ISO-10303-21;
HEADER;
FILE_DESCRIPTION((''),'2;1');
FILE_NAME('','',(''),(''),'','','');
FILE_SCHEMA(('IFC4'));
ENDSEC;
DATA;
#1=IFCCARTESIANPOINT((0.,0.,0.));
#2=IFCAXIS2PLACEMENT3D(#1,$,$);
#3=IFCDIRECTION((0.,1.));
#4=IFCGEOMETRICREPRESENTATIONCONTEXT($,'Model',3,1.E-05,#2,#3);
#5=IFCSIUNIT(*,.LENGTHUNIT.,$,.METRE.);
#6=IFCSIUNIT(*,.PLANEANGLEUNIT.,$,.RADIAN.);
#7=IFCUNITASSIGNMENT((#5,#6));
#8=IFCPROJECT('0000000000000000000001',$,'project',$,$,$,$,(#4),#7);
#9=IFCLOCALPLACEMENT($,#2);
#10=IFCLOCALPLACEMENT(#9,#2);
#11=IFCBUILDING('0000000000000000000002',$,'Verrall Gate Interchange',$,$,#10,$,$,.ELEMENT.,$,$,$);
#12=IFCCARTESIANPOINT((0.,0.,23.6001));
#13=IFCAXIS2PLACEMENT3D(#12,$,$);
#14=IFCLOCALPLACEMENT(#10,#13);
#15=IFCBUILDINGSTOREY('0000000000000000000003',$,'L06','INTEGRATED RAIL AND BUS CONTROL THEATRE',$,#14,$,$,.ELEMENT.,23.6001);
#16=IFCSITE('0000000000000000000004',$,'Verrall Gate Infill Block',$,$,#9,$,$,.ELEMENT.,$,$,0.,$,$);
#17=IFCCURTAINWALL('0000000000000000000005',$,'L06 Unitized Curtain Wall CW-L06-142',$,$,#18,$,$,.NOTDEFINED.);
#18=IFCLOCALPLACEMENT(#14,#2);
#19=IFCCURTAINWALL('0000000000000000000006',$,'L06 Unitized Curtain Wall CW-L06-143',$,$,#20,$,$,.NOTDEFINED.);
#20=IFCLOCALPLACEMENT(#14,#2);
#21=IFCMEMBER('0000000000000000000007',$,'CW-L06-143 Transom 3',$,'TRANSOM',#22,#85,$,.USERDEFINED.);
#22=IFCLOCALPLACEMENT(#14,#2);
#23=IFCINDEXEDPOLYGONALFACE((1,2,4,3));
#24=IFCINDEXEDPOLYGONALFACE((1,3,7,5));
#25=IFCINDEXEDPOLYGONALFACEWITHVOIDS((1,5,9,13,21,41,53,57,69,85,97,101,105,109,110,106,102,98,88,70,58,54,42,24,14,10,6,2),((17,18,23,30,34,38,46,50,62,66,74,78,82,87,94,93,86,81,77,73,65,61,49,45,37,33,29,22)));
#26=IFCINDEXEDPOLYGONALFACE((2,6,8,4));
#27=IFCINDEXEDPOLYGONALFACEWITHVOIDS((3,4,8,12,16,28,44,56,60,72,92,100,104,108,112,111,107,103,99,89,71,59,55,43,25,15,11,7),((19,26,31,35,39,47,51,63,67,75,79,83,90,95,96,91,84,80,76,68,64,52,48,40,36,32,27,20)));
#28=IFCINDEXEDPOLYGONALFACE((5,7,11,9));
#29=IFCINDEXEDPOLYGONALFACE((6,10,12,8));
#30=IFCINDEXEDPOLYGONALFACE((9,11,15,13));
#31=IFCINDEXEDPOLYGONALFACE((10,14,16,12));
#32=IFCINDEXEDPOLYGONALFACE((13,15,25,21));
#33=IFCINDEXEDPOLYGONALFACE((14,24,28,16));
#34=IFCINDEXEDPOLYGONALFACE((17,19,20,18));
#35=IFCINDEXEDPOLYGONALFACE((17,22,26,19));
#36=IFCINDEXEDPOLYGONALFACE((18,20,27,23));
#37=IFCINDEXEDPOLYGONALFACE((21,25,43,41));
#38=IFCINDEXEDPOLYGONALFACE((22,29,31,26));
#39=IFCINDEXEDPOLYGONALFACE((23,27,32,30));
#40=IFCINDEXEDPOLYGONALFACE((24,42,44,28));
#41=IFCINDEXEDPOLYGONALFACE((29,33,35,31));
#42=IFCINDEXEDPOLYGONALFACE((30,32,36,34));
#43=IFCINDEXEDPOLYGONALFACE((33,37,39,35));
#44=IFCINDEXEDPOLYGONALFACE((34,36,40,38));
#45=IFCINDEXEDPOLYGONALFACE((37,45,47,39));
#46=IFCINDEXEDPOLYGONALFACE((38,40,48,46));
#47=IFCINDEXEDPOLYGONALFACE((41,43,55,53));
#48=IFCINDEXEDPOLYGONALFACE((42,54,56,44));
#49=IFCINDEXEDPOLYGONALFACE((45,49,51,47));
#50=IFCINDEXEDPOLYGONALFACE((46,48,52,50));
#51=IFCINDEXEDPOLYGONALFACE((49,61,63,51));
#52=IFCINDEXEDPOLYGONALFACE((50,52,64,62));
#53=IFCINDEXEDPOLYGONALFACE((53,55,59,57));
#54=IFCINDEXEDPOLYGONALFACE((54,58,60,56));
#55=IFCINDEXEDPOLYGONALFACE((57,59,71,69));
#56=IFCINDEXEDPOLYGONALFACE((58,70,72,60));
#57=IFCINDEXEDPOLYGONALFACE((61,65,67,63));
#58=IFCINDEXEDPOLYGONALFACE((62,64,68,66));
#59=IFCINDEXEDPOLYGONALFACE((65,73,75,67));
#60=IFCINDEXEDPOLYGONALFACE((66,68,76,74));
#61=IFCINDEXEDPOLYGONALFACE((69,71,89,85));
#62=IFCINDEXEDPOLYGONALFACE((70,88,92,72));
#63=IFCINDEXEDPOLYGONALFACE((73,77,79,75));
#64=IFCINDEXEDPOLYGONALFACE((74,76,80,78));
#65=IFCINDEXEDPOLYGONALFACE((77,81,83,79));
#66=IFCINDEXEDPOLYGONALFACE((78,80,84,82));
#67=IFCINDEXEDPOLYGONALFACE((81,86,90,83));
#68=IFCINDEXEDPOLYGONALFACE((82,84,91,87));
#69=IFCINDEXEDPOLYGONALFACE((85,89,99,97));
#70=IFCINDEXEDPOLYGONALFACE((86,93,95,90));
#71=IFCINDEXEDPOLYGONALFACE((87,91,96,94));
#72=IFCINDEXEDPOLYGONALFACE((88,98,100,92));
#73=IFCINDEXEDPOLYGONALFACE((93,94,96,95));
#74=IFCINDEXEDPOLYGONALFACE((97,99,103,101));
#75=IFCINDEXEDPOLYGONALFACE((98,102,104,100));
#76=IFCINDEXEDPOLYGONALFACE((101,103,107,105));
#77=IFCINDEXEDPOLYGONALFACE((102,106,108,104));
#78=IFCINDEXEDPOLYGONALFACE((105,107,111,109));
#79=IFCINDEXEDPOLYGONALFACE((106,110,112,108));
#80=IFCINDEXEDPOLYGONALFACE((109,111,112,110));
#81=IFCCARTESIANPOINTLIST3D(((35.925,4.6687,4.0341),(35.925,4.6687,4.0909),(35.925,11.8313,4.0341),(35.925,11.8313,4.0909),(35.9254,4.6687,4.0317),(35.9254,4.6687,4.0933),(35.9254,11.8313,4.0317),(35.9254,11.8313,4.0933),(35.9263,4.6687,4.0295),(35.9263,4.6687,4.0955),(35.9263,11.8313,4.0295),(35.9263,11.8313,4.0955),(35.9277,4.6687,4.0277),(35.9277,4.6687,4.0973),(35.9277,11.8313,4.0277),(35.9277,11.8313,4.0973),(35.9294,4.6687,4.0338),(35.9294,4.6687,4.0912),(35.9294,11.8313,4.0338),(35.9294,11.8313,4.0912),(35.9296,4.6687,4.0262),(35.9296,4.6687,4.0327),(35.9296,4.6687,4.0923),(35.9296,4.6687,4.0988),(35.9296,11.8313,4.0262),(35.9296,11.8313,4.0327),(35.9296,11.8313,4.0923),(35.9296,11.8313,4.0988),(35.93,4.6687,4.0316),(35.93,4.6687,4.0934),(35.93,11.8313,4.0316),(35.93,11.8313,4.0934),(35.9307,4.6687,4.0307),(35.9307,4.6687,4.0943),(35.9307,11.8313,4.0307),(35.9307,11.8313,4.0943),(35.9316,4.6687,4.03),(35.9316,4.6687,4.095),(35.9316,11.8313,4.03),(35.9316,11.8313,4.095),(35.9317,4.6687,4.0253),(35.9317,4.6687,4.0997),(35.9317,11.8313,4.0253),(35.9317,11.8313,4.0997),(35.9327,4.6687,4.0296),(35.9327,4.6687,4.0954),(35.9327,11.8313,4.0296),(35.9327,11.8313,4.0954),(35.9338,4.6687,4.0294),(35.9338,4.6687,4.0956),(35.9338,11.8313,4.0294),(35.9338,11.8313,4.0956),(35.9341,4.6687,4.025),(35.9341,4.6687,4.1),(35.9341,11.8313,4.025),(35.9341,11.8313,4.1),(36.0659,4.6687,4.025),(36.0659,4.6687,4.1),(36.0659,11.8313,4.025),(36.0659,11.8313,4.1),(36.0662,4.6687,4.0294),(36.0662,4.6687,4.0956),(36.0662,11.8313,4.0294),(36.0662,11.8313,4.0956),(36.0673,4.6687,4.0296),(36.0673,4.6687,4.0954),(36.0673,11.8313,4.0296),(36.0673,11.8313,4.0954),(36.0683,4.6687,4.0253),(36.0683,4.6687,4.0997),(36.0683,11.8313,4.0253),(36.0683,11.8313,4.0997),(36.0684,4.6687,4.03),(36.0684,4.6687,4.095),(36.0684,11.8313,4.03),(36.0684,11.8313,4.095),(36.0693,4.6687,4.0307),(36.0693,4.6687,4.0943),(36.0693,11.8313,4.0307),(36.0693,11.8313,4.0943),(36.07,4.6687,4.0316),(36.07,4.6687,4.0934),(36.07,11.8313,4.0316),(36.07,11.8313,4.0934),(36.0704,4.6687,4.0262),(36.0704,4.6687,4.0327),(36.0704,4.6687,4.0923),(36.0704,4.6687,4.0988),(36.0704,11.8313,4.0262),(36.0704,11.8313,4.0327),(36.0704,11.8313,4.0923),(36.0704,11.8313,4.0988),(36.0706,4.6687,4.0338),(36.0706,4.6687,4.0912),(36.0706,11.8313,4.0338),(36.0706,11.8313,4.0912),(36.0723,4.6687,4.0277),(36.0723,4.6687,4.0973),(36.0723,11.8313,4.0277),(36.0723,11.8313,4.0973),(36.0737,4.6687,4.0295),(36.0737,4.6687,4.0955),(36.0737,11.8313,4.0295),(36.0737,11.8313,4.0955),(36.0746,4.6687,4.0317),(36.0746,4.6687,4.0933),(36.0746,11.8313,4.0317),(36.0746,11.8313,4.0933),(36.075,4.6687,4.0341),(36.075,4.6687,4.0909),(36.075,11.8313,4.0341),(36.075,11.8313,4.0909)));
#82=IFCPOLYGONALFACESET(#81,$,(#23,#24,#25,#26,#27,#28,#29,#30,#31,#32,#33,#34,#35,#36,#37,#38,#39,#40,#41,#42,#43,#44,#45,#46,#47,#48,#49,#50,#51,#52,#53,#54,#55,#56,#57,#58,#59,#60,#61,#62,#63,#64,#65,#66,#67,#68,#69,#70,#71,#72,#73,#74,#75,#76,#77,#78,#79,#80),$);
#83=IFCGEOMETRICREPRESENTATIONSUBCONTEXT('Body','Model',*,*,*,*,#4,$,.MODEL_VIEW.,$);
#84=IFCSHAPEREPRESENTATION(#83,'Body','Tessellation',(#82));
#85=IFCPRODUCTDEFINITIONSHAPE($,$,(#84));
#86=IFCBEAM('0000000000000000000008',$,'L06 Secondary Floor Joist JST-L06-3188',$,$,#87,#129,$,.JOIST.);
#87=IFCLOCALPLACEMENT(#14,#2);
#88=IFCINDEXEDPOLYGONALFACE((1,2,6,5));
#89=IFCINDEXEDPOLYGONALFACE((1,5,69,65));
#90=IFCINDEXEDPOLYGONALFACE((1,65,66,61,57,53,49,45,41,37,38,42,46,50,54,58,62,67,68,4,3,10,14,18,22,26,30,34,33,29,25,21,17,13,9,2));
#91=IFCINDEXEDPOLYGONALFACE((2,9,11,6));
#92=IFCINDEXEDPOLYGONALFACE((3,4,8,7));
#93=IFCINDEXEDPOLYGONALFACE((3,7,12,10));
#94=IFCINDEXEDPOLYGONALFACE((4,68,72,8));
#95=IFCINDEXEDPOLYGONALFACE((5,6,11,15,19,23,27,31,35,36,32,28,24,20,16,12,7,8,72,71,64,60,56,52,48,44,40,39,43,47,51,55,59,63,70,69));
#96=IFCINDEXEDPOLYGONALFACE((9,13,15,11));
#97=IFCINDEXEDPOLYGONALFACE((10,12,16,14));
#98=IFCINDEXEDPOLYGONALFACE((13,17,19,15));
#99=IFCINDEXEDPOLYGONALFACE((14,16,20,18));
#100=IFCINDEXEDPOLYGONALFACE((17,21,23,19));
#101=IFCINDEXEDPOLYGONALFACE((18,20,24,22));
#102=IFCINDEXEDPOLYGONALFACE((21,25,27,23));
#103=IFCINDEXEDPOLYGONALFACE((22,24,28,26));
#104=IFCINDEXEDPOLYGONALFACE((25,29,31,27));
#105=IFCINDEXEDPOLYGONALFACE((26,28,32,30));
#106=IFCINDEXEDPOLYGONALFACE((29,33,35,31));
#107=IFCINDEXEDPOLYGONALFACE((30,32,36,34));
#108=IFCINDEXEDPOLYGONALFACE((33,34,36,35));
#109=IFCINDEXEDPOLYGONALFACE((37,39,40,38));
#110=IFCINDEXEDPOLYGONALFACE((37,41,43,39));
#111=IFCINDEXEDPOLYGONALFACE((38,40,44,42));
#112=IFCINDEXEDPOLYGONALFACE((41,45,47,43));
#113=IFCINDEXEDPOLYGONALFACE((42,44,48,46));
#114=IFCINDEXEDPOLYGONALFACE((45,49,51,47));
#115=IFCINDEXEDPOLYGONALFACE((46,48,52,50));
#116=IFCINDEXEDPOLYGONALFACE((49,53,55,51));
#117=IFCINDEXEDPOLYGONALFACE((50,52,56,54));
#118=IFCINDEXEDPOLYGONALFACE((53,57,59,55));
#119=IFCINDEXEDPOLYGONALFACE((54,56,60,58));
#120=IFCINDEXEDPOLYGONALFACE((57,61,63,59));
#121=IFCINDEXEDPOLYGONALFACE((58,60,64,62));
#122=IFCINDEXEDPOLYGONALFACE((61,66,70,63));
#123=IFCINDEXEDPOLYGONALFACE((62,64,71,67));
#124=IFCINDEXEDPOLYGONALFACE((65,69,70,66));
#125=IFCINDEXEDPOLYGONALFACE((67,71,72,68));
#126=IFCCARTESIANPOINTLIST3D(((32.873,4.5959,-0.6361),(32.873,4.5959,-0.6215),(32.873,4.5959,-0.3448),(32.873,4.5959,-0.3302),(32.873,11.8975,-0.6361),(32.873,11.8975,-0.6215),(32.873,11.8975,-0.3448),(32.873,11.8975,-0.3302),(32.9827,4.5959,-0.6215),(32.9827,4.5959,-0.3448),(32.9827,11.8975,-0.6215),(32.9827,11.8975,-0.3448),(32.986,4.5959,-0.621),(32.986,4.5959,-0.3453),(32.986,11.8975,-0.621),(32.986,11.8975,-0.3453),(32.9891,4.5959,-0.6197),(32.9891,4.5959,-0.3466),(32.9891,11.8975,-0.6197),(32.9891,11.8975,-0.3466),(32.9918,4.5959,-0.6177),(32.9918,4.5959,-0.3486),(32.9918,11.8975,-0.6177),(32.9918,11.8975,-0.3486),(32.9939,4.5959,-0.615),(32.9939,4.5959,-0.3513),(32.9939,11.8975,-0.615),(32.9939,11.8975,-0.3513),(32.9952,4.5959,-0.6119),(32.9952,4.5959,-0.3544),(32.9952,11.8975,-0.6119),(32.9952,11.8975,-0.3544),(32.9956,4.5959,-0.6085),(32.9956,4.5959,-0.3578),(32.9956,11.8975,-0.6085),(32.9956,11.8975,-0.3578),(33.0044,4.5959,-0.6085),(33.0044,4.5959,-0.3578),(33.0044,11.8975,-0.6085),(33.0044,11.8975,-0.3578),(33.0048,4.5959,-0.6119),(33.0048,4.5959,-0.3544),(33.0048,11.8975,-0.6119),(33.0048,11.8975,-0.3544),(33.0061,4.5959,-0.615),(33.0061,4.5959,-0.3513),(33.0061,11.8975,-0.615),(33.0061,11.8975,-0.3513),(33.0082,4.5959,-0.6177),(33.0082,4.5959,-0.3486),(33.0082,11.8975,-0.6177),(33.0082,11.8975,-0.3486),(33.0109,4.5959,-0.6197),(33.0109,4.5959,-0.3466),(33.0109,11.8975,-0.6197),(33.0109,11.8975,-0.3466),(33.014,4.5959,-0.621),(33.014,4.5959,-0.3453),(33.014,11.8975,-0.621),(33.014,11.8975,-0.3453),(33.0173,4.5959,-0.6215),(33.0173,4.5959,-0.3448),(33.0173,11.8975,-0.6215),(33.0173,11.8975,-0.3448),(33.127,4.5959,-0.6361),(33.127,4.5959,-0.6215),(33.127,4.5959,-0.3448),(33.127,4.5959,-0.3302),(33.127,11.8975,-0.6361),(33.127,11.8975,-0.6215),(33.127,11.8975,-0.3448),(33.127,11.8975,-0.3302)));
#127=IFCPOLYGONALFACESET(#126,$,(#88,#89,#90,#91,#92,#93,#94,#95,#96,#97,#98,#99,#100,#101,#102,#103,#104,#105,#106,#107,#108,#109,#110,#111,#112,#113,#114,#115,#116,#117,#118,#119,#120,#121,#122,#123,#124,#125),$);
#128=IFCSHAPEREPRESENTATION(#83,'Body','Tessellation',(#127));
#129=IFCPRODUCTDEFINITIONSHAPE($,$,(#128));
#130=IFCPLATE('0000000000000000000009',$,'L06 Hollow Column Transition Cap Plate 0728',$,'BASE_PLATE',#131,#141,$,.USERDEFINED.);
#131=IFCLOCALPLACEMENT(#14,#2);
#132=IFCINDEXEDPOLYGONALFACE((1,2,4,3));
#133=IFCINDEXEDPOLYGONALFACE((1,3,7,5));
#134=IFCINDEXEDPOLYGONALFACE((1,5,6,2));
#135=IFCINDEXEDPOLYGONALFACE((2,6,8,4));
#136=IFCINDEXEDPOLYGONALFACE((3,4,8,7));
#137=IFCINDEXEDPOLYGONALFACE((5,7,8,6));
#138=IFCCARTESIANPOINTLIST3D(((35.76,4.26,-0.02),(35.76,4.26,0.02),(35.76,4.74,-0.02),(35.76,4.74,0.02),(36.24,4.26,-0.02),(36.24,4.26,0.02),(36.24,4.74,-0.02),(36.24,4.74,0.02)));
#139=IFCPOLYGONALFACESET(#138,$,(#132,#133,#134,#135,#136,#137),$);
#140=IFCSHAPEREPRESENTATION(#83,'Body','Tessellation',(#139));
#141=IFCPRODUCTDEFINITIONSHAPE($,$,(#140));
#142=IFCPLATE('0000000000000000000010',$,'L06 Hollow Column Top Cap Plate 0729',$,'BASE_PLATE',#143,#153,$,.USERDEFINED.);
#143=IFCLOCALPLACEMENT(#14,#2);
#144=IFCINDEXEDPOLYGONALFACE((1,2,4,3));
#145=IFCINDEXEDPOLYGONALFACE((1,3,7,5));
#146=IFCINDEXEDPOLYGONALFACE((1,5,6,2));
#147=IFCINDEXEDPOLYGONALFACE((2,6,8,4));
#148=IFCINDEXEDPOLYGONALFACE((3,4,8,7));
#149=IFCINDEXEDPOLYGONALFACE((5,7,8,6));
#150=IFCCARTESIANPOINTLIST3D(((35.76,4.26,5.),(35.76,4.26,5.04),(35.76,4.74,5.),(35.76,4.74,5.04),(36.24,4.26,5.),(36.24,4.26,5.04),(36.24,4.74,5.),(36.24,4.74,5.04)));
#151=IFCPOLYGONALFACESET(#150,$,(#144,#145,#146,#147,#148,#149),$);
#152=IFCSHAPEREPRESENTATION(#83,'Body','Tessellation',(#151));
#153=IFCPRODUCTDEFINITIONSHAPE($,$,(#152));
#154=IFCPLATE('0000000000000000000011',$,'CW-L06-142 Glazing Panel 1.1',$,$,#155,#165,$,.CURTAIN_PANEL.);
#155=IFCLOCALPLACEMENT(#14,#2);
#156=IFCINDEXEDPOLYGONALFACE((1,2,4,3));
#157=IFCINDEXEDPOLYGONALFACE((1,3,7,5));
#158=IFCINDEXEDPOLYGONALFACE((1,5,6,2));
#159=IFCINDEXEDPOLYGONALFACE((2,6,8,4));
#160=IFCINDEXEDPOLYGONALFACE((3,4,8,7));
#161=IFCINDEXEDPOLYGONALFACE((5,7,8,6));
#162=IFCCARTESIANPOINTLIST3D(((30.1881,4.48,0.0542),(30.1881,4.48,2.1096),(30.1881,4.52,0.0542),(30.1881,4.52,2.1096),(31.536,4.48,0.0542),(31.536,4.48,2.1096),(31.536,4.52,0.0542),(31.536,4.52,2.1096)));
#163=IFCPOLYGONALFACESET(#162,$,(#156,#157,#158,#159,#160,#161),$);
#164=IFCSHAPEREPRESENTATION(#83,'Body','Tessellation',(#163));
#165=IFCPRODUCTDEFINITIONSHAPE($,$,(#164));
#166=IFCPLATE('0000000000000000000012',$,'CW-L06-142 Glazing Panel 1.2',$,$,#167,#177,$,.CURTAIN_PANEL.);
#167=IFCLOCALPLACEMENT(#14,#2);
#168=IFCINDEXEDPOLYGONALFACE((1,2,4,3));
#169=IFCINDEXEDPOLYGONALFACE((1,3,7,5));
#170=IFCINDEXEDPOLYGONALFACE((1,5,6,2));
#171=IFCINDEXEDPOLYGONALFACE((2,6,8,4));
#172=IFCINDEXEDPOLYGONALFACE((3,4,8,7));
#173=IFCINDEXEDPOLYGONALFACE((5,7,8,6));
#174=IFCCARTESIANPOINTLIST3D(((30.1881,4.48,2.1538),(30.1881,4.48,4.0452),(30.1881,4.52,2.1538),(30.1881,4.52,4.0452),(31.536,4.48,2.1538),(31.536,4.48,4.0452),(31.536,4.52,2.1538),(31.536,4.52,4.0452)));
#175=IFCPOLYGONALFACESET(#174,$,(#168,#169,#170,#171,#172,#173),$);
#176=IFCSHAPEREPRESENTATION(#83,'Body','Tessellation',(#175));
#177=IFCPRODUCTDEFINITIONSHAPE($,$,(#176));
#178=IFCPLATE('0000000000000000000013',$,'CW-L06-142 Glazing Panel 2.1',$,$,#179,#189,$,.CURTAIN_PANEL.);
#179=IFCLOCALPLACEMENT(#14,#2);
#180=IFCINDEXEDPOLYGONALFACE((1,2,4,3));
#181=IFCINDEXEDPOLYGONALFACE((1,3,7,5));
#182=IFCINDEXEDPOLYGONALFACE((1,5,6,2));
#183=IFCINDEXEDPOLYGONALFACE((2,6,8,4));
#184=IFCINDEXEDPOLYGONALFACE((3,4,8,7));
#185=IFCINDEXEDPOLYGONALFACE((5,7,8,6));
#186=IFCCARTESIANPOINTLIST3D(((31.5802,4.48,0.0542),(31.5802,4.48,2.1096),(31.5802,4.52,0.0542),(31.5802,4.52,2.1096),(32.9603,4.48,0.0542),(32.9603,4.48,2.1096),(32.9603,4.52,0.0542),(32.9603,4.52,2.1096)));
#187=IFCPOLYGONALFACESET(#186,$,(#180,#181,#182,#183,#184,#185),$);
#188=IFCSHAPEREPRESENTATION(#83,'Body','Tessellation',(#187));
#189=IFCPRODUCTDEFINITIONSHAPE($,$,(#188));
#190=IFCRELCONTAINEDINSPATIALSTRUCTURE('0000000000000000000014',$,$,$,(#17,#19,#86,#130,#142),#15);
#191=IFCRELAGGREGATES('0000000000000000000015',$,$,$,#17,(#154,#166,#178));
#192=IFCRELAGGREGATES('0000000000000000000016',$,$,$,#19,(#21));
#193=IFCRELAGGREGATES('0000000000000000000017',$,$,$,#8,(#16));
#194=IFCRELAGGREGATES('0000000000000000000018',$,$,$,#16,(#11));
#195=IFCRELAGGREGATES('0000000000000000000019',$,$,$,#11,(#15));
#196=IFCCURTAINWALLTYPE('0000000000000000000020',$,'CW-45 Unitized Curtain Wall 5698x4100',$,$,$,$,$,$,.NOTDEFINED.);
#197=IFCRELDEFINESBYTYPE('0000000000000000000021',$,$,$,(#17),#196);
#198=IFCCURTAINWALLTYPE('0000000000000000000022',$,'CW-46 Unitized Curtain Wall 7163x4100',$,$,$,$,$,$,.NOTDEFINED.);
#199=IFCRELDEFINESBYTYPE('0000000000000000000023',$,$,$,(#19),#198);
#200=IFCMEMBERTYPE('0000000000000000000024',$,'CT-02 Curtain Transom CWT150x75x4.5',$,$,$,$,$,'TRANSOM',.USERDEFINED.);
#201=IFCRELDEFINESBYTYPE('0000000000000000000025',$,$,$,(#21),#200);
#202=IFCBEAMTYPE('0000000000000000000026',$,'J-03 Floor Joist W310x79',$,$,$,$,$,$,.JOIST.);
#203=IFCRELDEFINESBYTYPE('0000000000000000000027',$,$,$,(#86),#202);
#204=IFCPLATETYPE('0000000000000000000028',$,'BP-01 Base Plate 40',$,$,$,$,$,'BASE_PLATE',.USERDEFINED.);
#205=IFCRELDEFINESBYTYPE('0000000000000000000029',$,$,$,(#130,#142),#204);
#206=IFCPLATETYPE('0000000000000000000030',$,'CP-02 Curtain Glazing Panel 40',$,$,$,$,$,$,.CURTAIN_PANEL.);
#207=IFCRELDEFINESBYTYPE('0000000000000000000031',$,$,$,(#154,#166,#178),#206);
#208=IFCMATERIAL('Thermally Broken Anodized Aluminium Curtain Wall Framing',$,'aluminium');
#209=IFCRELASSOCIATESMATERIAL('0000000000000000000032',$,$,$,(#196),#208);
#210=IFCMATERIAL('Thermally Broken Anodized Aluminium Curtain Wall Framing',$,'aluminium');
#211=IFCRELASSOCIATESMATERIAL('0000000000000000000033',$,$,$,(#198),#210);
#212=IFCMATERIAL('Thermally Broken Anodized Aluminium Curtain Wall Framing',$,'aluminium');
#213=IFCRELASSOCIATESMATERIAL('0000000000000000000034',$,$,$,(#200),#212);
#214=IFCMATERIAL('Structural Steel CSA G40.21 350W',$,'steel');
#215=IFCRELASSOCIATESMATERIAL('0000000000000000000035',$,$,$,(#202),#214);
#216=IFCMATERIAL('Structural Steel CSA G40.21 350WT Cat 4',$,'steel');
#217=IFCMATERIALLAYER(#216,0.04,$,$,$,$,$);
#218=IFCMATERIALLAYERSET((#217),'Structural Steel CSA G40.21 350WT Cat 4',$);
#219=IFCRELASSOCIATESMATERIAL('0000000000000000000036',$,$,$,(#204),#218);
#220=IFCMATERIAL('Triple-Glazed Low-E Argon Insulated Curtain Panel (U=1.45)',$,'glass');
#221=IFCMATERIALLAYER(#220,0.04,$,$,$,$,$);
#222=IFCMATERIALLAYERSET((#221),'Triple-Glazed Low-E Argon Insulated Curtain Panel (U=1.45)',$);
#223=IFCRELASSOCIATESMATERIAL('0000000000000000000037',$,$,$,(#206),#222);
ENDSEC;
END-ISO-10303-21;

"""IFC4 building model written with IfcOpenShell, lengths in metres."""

from ifc_helpers import new_model, si_unit, direction, frame, origin, origin_2d, place, context, subcontext, project, spatial, rectangle, hollow_rectangle, i_section, extrude, material, layer, layer_set, material_profile, profile_set, type_object, element, aggregate, save


model = new_model("IFC4")

# Units and contexts
model_context = context("Model", 3, precision=1e-05, world=origin(), true_north=direction((0.0, 1.0)))
body_context = subcontext(model_context, "Body", "Model", "MODEL_VIEW")
ifc_project = project(units=[si_unit("LENGTHUNIT", "METRE"), si_unit("PLANEANGLEUNIT", "RADIAN")], contexts=[model_context])

# Site, building, storey
site_placement = place(None, origin())
site = spatial("IfcSite", under=ifc_project, at=site_placement, Name="Verrall Gate Infill Block", CompositionType="ELEMENT", RefElevation=0.0)
building_placement = place(site_placement, origin())
building = spatial("IfcBuilding", under=site, at=building_placement, Name="Verrall Gate Interchange", CompositionType="ELEMENT")
storey_placement = place(building_placement, frame((0.0, 0.0, 23.6001)))
storey = spatial("IfcBuildingStorey", under=building, at=storey_placement, Name="L06", Description="INTEGRATED RAIL AND BUS CONTROL THEATRE", CompositionType="ELEMENT", Elevation=23.6001)

# Curtain walls
ifc_material_1 = material(Name="Thermally Broken Anodized Aluminium Curtain Wall Framing", Category="aluminium")
curtain_wall_type_1 = type_object("IfcCurtainWallType", Name="CW-45 Unitized Curtain Wall 5698x4100", PredefinedType="NOTDEFINED", material=ifc_material_1)
curtain_wall_1_placement = place(storey_placement, origin())
curtain_wall_1 = element("IfcCurtainWall", 1, at=curtain_wall_1_placement, inside=storey, type_object=curtain_wall_type_1, Name="L06 Unitized Curtain Wall CW-L06-142", PredefinedType="NOTDEFINED")
ifc_material_2 = material(Name="Thermally Broken Anodized Aluminium Curtain Wall Framing", Category="aluminium")
curtain_wall_type_2 = type_object("IfcCurtainWallType", Name="CW-46 Unitized Curtain Wall 7163x4100", PredefinedType="NOTDEFINED", material=ifc_material_2)
curtain_wall_2_placement = place(storey_placement, origin())
curtain_wall_2 = element("IfcCurtainWall", 2, at=curtain_wall_2_placement, inside=storey, type_object=curtain_wall_type_2, Name="L06 Unitized Curtain Wall CW-L06-143", PredefinedType="NOTDEFINED")

# Member
ifc_material_3 = material(Name="Thermally Broken Anodized Aluminium Curtain Wall Framing", Category="aluminium")
ifc_material_profile_1 = material_profile(ifc_material_3, hollow_rectangle(XDim=0.1499, YDim=0.075, WallThickness=0.0044, InnerFilletRadius=0.0044, OuterFilletRadius=0.009, at=origin_2d()), Name="CWT150x75x4.5")
ifc_profile_set_1 = profile_set([ifc_material_profile_1], Name="Thermally Broken Anodized Aluminium Curtain Wall Framing")
member_type_1 = type_object("IfcMemberType", Name="CT-02 Curtain Transom CWT150x75x4.5", ElementType="TRANSOM", PredefinedType="USERDEFINED", material=ifc_profile_set_1)
member_1_placement = place(storey_placement, frame((36.0, 4.6687, 4.0625), z_axis=(0.0, 1.0, 0.0), x_axis=(-1.0, 0.0, 0.0)))
member_1 = element("IfcMember", 3, at=member_1_placement, type_object=member_type_1, Name="CW-L06-143 Transom 3", ObjectType="TRANSOM", PredefinedType="USERDEFINED", context=body_context, shape_type="SweptSolid", body=[
    extrude(hollow_rectangle(XDim=0.1499, YDim=0.075, WallThickness=0.0044, InnerFilletRadius=0.0044, OuterFilletRadius=0.009, at=origin_2d()), origin(), (0.0, 0.0, 1.0), 7.1626),
])

# Beam
ifc_material_4 = material(Name="Structural Steel CSA G40.21 350W", Category="steel")
ifc_material_profile_2 = material_profile(ifc_material_4, i_section(OverallWidth=0.2539, OverallDepth=0.3059, WebThickness=0.0088, FlangeThickness=0.0146, FilletRadius=0.0129, at=origin_2d()), Name="W310x79")
ifc_profile_set_2 = profile_set([ifc_material_profile_2], Name="Structural Steel CSA G40.21 350W")
beam_type_1 = type_object("IfcBeamType", Name="J-03 Floor Joist W310x79", PredefinedType="JOIST", material=ifc_profile_set_2)
beam_1_placement = place(storey_placement, frame((33.0, 4.5959, -0.4832), z_axis=(0.0, 1.0, 0.0), x_axis=(-1.0, 0.0, 0.0)))
element("IfcBeam", 4, at=beam_1_placement, inside=storey, type_object=beam_type_1, Name="L06 Secondary Floor Joist JST-L06-3188", PredefinedType="JOIST", context=body_context, shape_type="SweptSolid", body=[
    extrude(i_section(OverallWidth=0.2539, OverallDepth=0.3059, WebThickness=0.0088, FlangeThickness=0.0146, FilletRadius=0.0129, at=origin_2d()), origin(), (0.0, 0.0, 1.0), 7.3015),
])

# Plates
ifc_material_5 = material(Name="Structural Steel CSA G40.21 350WT Cat 4", Category="steel")
ifc_layer_1 = layer(ifc_material_5, 0.04)
ifc_layer_set_1 = layer_set([ifc_layer_1], Name="Structural Steel CSA G40.21 350WT Cat 4")
plate_type_1 = type_object("IfcPlateType", Name="BP-01 Base Plate 40", ElementType="BASE_PLATE", PredefinedType="USERDEFINED", material=ifc_layer_set_1)
for number, where, z_axis, x_axis, name in (
    (5, (36.0, 4.5, -0.02), (0.0, 0.0, 1.0), (1.0, 0.0, 0.0), "L06 Hollow Column Transition Cap Plate 0728"),
    (6, (36.0, 4.5, 5.0), (0.0, 0.0, 1.0), (1.0, 0.0, 0.0), "L06 Hollow Column Top Cap Plate 0729"),
):
    element("IfcPlate", number, at=place(storey_placement, frame(where, z_axis=z_axis, x_axis=x_axis)), inside=storey, type_object=plate_type_1, Name=name, ObjectType="BASE_PLATE", PredefinedType="USERDEFINED", context=body_context, shape_type="SweptSolid", body=[
        extrude(rectangle(XDim=0.48, YDim=0.48, at=origin_2d()), origin(), (0.0, 0.0, 1.0), 0.04),
    ])

# Plates
ifc_material_6 = material(Name="Triple-Glazed Low-E Argon Insulated Curtain Panel (U=1.45)", Category="glass")
ifc_layer_2 = layer(ifc_material_6, 0.04)
ifc_layer_set_2 = layer_set([ifc_layer_2], Name="Triple-Glazed Low-E Argon Insulated Curtain Panel (U=1.45)")
plate_type_2 = type_object("IfcPlateType", Name="CP-02 Curtain Glazing Panel 40", PredefinedType="CURTAIN_PANEL", material=ifc_layer_set_2)
plate_1_placement = place(storey_placement, frame((30.8621, 4.5, 0.0542), z_axis=(0.0, 0.0, 1.0), x_axis=(1.0, 0.0, 0.0)))
plate_1 = element("IfcPlate", 7, at=plate_1_placement, type_object=plate_type_2, Name="CW-L06-142 Glazing Panel 1.1", PredefinedType="CURTAIN_PANEL", context=body_context, shape_type="SweptSolid", body=[
    extrude(rectangle(XDim=1.3479, YDim=0.04, at=origin_2d()), origin(), (0.0, 0.0, 1.0), 2.0554),
])
plate_2_placement = place(storey_placement, frame((30.8621, 4.5, 2.1538), z_axis=(0.0, 0.0, 1.0), x_axis=(1.0, 0.0, 0.0)))
plate_2 = element("IfcPlate", 8, at=plate_2_placement, type_object=plate_type_2, Name="CW-L06-142 Glazing Panel 1.2", PredefinedType="CURTAIN_PANEL", context=body_context, shape_type="SweptSolid", body=[
    extrude(rectangle(XDim=1.3479, YDim=0.04, at=origin_2d()), origin(), (0.0, 0.0, 1.0), 1.8914),
])
plate_3_placement = place(storey_placement, frame((32.2703, 4.5, 0.0542), z_axis=(0.0, 0.0, 1.0), x_axis=(1.0, 0.0, 0.0)))
plate_3 = element("IfcPlate", 9, at=plate_3_placement, type_object=plate_type_2, Name="CW-L06-142 Glazing Panel 2.1", PredefinedType="CURTAIN_PANEL", context=body_context, shape_type="SweptSolid", body=[
    extrude(rectangle(XDim=1.3801, YDim=0.04, at=origin_2d()), origin(), (0.0, 0.0, 1.0), 2.0554),
])
aggregate(curtain_wall_1, [plate_1, plate_2, plate_3])
aggregate(curtain_wall_2, [member_1])

save(model, "model.ifc")
